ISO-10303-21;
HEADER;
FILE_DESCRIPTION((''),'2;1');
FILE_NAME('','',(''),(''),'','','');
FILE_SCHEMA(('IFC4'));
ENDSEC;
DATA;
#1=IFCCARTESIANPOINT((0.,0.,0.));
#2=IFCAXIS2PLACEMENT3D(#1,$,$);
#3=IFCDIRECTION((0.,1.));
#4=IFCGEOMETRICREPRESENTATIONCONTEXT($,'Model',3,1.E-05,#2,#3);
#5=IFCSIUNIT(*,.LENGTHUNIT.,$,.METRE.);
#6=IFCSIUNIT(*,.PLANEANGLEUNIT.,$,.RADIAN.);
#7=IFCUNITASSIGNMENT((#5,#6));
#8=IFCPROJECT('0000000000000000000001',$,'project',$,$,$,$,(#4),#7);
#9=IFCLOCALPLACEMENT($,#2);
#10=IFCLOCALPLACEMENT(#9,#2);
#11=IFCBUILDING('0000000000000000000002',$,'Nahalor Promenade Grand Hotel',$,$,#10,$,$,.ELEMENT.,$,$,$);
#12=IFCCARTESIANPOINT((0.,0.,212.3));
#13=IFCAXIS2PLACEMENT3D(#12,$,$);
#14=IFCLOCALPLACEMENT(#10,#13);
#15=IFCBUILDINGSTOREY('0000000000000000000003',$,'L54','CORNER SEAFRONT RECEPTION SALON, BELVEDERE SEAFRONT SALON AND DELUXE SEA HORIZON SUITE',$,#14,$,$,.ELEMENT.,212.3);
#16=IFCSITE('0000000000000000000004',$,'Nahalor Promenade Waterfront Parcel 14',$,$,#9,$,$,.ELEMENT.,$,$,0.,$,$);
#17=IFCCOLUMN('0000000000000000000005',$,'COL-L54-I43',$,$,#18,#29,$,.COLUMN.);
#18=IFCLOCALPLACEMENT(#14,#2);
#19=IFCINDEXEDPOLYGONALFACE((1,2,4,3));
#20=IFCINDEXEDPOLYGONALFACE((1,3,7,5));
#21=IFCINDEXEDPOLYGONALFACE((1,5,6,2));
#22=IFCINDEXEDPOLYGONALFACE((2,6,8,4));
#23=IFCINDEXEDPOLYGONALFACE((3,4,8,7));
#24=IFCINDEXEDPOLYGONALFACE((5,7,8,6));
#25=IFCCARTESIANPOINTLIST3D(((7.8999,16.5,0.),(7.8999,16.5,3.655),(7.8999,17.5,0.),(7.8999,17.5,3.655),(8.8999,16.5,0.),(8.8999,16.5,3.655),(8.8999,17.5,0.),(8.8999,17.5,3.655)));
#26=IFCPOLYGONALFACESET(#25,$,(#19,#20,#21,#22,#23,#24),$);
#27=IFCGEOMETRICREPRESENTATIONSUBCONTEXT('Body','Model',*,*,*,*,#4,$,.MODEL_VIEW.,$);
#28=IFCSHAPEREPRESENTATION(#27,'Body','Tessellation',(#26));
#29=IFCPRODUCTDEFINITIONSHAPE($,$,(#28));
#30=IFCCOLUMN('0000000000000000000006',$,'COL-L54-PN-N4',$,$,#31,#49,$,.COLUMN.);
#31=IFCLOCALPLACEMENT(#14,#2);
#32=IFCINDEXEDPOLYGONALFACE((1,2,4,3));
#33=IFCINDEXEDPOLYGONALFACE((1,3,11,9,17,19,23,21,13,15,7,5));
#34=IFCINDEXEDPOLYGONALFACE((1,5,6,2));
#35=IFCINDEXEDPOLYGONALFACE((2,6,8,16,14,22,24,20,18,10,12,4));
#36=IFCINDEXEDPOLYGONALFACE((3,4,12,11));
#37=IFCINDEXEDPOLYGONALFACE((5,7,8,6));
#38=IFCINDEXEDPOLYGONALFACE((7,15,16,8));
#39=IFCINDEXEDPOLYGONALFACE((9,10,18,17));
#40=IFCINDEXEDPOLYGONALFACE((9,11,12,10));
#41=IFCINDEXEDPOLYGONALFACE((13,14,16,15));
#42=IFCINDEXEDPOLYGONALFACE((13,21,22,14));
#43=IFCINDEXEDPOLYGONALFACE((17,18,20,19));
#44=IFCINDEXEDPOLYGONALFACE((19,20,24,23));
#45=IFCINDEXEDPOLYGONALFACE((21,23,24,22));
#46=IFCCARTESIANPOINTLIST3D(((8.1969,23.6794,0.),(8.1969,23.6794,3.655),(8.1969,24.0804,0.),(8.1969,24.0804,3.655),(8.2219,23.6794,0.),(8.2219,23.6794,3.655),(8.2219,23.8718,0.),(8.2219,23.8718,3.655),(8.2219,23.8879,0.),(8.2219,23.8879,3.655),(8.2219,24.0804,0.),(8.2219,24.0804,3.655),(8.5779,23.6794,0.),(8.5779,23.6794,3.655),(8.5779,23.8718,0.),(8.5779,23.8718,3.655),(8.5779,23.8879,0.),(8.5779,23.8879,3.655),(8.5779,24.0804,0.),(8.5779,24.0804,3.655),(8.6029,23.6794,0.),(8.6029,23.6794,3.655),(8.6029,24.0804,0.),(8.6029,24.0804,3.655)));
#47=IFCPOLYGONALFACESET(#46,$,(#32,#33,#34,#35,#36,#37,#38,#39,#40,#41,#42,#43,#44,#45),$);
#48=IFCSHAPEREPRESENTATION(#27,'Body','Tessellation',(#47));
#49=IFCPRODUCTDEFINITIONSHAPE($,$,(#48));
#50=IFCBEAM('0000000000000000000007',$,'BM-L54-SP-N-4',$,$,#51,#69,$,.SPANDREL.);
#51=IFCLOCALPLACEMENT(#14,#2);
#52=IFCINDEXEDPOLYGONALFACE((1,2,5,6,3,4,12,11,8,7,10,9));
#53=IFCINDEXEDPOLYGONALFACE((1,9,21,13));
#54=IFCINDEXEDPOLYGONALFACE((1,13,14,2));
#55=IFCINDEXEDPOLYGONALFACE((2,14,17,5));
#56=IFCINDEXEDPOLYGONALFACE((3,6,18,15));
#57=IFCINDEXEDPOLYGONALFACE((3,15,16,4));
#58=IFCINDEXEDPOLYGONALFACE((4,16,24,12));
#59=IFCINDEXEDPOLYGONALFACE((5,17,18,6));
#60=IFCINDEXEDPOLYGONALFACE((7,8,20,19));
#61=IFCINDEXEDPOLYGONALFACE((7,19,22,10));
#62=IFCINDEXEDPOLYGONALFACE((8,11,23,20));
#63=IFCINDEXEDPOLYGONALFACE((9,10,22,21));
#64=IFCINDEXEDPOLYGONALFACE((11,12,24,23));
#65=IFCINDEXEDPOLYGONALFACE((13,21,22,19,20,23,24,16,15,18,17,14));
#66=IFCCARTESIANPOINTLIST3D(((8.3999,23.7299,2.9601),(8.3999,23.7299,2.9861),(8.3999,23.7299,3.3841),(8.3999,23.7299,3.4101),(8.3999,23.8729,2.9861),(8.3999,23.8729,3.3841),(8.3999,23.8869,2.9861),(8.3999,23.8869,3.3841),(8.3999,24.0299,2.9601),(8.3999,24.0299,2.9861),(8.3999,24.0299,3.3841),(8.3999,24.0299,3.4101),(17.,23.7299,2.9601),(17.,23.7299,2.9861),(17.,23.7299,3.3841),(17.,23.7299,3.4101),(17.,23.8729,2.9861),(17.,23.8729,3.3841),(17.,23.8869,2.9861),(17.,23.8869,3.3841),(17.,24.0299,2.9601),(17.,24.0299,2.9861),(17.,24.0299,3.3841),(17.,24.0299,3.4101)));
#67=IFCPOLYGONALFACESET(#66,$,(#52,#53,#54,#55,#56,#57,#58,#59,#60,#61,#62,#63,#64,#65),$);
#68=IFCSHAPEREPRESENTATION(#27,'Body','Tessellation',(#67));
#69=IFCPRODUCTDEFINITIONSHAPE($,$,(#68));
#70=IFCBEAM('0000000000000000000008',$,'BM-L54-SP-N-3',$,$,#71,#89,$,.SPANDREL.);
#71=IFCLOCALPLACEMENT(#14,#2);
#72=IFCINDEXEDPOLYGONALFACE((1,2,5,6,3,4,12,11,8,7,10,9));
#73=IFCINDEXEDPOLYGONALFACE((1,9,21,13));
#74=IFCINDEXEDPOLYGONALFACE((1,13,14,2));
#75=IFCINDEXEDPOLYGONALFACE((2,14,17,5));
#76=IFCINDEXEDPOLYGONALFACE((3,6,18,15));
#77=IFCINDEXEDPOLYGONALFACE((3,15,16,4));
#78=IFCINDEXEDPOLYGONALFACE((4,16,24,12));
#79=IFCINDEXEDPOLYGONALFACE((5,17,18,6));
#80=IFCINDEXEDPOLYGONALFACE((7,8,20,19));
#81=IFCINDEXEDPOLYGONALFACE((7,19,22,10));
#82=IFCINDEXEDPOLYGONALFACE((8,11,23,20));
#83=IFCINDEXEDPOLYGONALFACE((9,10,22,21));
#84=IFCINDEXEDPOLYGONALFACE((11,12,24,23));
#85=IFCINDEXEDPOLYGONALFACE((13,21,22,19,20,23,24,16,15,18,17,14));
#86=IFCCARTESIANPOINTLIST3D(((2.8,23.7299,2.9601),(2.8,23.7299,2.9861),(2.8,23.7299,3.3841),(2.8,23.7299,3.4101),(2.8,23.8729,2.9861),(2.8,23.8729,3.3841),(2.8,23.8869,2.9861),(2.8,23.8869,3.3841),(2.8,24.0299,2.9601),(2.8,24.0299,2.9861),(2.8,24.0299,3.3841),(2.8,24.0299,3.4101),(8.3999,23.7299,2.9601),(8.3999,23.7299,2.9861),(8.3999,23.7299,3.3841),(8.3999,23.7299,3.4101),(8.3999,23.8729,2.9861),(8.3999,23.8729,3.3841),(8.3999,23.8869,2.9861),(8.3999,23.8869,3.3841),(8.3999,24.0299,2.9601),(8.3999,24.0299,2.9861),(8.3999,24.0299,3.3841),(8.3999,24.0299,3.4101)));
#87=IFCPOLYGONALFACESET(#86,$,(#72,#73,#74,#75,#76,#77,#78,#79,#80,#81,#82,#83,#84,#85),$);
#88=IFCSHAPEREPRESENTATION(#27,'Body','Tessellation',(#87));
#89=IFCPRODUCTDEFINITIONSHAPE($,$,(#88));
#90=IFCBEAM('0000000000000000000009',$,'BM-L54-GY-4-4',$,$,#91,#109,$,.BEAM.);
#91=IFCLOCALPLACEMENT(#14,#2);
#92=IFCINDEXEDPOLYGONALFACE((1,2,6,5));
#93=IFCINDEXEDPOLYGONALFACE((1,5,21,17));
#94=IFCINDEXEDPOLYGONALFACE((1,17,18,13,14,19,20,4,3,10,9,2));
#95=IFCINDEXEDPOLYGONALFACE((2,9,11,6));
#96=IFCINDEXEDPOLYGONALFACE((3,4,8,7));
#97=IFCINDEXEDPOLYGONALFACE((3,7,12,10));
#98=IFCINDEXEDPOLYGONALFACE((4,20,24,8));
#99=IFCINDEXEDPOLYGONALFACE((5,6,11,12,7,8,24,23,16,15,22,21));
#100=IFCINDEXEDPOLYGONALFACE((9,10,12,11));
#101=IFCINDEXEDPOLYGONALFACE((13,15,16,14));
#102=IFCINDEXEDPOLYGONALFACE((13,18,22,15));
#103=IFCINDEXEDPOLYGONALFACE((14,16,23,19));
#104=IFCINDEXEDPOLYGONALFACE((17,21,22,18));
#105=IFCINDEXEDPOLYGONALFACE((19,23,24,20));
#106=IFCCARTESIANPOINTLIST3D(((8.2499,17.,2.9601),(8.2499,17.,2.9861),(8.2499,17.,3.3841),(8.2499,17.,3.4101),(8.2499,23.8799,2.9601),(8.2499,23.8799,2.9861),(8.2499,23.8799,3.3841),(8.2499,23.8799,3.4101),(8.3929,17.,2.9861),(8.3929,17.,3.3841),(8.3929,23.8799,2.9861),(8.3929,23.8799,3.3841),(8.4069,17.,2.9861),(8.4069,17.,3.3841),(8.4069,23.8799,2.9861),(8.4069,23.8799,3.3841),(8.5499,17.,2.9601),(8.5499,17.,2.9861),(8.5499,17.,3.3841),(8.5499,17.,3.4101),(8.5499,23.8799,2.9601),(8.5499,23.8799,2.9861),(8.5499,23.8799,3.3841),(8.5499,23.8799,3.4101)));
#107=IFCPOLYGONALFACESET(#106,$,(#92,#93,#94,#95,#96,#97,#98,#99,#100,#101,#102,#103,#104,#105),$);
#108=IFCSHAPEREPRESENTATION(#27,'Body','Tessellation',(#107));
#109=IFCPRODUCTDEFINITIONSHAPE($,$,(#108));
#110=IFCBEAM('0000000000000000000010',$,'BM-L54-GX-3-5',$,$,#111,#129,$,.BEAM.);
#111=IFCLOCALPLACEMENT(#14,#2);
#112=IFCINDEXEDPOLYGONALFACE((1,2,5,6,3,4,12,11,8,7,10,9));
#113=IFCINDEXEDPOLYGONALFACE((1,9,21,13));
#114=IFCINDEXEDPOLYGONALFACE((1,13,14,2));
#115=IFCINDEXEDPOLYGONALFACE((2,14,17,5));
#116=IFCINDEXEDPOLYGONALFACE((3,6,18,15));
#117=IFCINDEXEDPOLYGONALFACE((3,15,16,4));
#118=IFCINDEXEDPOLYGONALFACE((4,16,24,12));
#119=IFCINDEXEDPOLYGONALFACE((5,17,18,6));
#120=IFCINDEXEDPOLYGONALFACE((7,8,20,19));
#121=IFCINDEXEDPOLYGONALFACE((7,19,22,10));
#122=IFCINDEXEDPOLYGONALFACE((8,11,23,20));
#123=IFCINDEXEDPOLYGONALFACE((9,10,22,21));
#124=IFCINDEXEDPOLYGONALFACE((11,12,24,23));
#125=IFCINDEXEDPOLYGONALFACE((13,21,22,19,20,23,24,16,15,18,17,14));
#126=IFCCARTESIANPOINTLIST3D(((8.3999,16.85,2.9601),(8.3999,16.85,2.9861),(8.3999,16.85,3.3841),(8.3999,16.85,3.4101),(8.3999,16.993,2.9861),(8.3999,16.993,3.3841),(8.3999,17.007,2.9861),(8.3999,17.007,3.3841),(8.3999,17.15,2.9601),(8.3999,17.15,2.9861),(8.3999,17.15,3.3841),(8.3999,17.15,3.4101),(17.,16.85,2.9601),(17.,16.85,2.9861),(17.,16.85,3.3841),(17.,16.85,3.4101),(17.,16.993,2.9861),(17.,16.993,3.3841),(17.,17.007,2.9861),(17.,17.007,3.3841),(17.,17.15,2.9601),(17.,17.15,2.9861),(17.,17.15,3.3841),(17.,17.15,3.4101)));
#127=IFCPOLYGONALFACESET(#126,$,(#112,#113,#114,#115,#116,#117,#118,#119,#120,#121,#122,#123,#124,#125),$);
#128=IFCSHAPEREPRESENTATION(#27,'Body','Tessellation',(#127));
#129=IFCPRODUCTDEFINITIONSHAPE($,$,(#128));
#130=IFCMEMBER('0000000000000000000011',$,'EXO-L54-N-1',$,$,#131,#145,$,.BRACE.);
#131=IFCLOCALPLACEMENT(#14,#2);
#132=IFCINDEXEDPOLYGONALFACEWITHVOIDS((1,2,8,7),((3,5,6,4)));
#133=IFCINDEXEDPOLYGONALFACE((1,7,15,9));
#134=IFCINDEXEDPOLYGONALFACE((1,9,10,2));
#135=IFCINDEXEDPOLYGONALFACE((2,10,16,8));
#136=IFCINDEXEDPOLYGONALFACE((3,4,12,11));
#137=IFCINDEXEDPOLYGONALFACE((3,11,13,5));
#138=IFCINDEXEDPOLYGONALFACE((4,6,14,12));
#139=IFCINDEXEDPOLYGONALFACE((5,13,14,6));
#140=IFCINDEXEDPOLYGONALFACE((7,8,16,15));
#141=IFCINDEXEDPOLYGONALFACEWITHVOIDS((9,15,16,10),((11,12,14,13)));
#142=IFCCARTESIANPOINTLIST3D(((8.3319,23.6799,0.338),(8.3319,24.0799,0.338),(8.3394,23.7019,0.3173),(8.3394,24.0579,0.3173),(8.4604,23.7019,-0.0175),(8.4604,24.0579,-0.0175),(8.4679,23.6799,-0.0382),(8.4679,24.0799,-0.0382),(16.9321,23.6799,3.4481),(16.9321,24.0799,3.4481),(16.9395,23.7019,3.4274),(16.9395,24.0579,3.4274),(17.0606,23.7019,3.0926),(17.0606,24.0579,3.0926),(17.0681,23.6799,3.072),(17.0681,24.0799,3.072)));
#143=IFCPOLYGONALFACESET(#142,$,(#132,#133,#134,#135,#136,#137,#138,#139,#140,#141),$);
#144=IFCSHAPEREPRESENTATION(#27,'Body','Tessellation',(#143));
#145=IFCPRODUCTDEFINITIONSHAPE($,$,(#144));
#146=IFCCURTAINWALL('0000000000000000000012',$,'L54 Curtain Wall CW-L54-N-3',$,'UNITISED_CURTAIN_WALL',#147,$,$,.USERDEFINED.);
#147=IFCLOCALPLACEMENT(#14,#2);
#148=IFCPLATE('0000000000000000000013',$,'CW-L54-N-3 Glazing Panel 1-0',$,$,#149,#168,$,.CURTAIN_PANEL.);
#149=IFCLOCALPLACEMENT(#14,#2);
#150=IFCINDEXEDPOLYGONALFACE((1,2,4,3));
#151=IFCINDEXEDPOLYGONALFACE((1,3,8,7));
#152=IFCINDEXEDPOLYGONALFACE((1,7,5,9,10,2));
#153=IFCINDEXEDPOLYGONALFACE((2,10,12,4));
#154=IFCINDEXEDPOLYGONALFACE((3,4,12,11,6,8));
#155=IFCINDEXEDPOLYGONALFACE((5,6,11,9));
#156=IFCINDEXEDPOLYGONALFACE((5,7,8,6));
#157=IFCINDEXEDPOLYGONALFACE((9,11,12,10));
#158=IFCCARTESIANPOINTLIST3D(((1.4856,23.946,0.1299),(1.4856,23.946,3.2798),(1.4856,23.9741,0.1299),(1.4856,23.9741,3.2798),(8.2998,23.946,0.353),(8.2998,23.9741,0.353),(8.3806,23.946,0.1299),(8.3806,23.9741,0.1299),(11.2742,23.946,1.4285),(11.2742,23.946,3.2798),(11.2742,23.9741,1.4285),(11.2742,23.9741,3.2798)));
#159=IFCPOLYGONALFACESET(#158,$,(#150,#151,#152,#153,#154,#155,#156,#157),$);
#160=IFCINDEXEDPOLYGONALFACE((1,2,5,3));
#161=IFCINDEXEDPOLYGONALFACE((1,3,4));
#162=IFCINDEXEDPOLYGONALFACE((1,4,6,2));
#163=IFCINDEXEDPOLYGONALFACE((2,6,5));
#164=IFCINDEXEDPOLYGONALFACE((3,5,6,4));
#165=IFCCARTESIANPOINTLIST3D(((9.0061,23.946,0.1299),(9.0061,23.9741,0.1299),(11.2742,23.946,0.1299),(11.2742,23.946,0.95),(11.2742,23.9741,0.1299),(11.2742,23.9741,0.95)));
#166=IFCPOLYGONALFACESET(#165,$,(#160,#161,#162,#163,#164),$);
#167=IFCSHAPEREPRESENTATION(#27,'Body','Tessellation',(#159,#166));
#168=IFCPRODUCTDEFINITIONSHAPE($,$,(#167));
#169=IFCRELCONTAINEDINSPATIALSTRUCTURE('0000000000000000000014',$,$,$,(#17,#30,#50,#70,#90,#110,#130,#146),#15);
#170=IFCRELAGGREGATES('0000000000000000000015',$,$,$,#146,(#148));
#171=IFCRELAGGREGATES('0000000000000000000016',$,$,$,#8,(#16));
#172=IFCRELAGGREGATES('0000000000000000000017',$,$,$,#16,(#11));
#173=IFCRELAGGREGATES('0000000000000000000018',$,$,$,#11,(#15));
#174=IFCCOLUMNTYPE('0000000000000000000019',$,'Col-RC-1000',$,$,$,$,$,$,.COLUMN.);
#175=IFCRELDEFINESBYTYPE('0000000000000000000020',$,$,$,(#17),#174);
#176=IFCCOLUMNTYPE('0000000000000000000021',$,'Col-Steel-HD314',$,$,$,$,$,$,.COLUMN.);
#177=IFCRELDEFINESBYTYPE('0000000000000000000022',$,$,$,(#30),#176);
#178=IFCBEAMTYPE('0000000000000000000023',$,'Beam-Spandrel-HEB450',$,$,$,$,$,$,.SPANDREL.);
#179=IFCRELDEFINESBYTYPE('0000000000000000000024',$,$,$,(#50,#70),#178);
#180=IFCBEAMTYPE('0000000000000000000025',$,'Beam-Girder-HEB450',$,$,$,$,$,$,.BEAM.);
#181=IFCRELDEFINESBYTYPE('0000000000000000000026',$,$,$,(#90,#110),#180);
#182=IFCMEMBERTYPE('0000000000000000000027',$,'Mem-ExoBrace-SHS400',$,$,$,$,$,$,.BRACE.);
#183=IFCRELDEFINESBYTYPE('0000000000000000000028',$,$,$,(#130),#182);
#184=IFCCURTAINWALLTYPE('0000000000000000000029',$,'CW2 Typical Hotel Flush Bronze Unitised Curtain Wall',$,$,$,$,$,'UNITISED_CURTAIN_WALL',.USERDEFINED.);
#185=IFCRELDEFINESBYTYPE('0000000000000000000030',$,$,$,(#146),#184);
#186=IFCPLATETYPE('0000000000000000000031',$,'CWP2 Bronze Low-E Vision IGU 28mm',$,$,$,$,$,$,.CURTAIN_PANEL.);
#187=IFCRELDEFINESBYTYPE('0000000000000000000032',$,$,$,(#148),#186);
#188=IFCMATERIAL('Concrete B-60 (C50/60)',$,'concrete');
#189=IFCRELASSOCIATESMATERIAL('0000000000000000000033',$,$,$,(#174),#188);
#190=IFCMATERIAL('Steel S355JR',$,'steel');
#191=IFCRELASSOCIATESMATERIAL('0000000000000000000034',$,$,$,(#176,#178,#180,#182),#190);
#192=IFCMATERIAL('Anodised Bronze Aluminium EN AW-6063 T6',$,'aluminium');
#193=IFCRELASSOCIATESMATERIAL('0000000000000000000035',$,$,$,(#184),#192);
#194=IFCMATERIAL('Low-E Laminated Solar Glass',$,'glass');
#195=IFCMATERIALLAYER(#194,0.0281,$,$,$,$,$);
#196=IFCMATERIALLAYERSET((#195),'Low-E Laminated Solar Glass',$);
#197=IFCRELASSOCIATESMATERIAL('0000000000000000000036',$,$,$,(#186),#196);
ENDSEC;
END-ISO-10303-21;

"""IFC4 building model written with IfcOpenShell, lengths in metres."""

from ifc_helpers import new_model, si_unit, direction, frame, origin, origin_2d, place, context, subcontext, project, spatial, polyline, rectangle, hollow_rectangle, i_section, outline, extrude, source, transform, mapped, material, layer, layer_set, material_profile, profile_set, type_object, element, aggregate, save


model = new_model("IFC4")

# Units and contexts
model_context = context("Model", 3, precision=1e-05, world=origin(), true_north=direction((0.0, 1.0)))
body_context = subcontext(model_context, "Body", "Model", "MODEL_VIEW")
ifc_project = project(units=[si_unit("LENGTHUNIT", "METRE"), si_unit("PLANEANGLEUNIT", "RADIAN")], contexts=[model_context])

# Site, building, storey
site_placement = place(None, origin())
site = spatial("IfcSite", under=ifc_project, at=site_placement, Name="Nahalor Promenade Waterfront Parcel 14", CompositionType="ELEMENT", RefElevation=0.0)
building_placement = place(site_placement, origin())
building = spatial("IfcBuilding", under=site, at=building_placement, Name="Nahalor Promenade Grand Hotel", CompositionType="ELEMENT")
storey_placement = place(building_placement, frame((0.0, 0.0, 212.3)))
storey = spatial("IfcBuildingStorey", under=building, at=storey_placement, Name="L54", Description="CORNER SEAFRONT RECEPTION SALON, BELVEDERE SEAFRONT SALON AND DELUXE SEA HORIZON SUITE", CompositionType="ELEMENT", Elevation=212.3)

# Columns
ifc_material_1 = material(Name="Concrete B-60 (C50/60)", Category="concrete")
ifc_material_profile_1 = material_profile(ifc_material_1, rectangle(XDim=1.0, YDim=1.0, at=origin_2d()), Name="RC 1000x1000")
ifc_profile_set_1 = profile_set([ifc_material_profile_1], Name="Concrete B-60 (C50/60)")
column_type_1 = type_object("IfcColumnType", Name="Col-RC-1000", PredefinedType="COLUMN", material=ifc_profile_set_1)
shared_shape_1 = source(origin(), body_context, "Body", "SweptSolid", [
    extrude(rectangle(XDim=1.0, YDim=1.0, at=origin_2d()), origin(), (0.0, 0.0, 1.0), 3.655),
])
column_1_placement = place(storey_placement, frame((8.3999, 17.0, 0.0), z_axis=(0.0, 0.0, 1.0), x_axis=(1.0, 0.0, 0.0)))
element("IfcColumn", 1, at=column_1_placement, inside=storey, type_object=column_type_1, Name="COL-L54-I43", PredefinedType="COLUMN", context=body_context, shape_type="MappedRepresentation", body=[
    mapped(shared_shape_1, transform((0.0, 0.0, 0.0), scale=1.0)),
])
ifc_material_2 = material(Name="Steel S355JR", Category="steel")
ifc_material_profile_2 = material_profile(ifc_material_2, i_section(OverallWidth=0.401, OverallDepth=0.406, WebThickness=0.0161, FlangeThickness=0.025, at=origin_2d()), Name="HD 400x314")
ifc_profile_set_2 = profile_set([ifc_material_profile_2], Name="Steel S355JR")
column_type_2 = type_object("IfcColumnType", Name="Col-Steel-HD314", PredefinedType="COLUMN", material=ifc_profile_set_2)
shared_shape_2 = source(origin(), body_context, "Body", "SweptSolid", [
    extrude(i_section(OverallWidth=0.401, OverallDepth=0.406, WebThickness=0.0161, FlangeThickness=0.025, at=origin_2d()), origin(), (0.0, 0.0, 1.0), 3.655),
])
column_2_placement = place(storey_placement, frame((8.3999, 23.8799, 0.0), z_axis=(0.0, 0.0, 1.0), x_axis=(0.0, 1.0, 0.0)))
element("IfcColumn", 2, at=column_2_placement, inside=storey, type_object=column_type_2, Name="COL-L54-PN-N4", PredefinedType="COLUMN", context=body_context, shape_type="MappedRepresentation", body=[
    mapped(shared_shape_2, transform((0.0, 0.0, 0.0), scale=1.0)),
])

# Beams
ifc_material_profile_3 = material_profile(ifc_material_2, i_section(OverallWidth=0.3, OverallDepth=0.45, WebThickness=0.014, FlangeThickness=0.026, at=origin_2d()), Name="HEB 450")
ifc_profile_set_3 = profile_set([ifc_material_profile_3], Name="Steel S355JR")
beam_type_1 = type_object("IfcBeamType", Name="Beam-Spandrel-HEB450", PredefinedType="SPANDREL", material=ifc_profile_set_3)
shared_shape_3 = source(origin(), body_context, "Body", "SweptSolid", [
    extrude(i_section(OverallWidth=0.3, OverallDepth=0.45, WebThickness=0.014, FlangeThickness=0.026, at=origin_2d()), origin(), (0.0, 0.0, 1.0), 8.6001),
])
beam_1_placement = place(storey_placement, frame((8.3999, 23.8799, 3.1851), z_axis=(1.0, 0.0, 0.0), x_axis=(0.0, 1.0, 0.0)))
element("IfcBeam", 3, at=beam_1_placement, inside=storey, type_object=beam_type_1, Name="BM-L54-SP-N-4", PredefinedType="SPANDREL", context=body_context, shape_type="MappedRepresentation", body=[
    mapped(shared_shape_3, transform((0.0, 0.0, 0.0), scale=1.0)),
])
shared_shape_4 = source(origin(), body_context, "Body", "SweptSolid", [
    extrude(i_section(OverallWidth=0.3, OverallDepth=0.45, WebThickness=0.014, FlangeThickness=0.026, at=origin_2d()), origin(), (0.0, 0.0, 1.0), 5.5999),
])
beam_2_placement = place(storey_placement, frame((2.8, 23.8799, 3.1851), z_axis=(1.0, 0.0, 0.0), x_axis=(0.0, 1.0, 0.0)))
element("IfcBeam", 4, at=beam_2_placement, inside=storey, type_object=beam_type_1, Name="BM-L54-SP-N-3", PredefinedType="SPANDREL", context=body_context, shape_type="MappedRepresentation", body=[
    mapped(shared_shape_4, transform((0.0, 0.0, 0.0), scale=1.0)),
])
ifc_material_profile_4 = material_profile(ifc_material_2, i_section(OverallWidth=0.3, OverallDepth=0.45, WebThickness=0.014, FlangeThickness=0.026, at=origin_2d()), Name="HEB 450")
ifc_profile_set_4 = profile_set([ifc_material_profile_4], Name="Steel S355JR")
beam_type_2 = type_object("IfcBeamType", Name="Beam-Girder-HEB450", PredefinedType="BEAM", material=ifc_profile_set_4)
shared_shape_5 = source(origin(), body_context, "Body", "SweptSolid", [
    extrude(i_section(OverallWidth=0.3, OverallDepth=0.45, WebThickness=0.014, FlangeThickness=0.026, at=origin_2d()), origin(), (0.0, 0.0, 1.0), 6.8799),
])
beam_3_placement = place(storey_placement, frame((8.3999, 17.0, 3.1851), z_axis=(0.0, 1.0, 0.0), x_axis=(-1.0, 0.0, 0.0)))
element("IfcBeam", 5, at=beam_3_placement, inside=storey, type_object=beam_type_2, Name="BM-L54-GY-4-4", PredefinedType="BEAM", context=body_context, shape_type="MappedRepresentation", body=[
    mapped(shared_shape_5, transform((0.0, 0.0, 0.0), scale=1.0)),
])
shared_shape_6 = source(origin(), body_context, "Body", "SweptSolid", [
    extrude(i_section(OverallWidth=0.3, OverallDepth=0.45, WebThickness=0.014, FlangeThickness=0.026, at=origin_2d()), origin(), (0.0, 0.0, 1.0), 8.6001),
])
beam_4_placement = place(storey_placement, frame((8.3999, 17.0, 3.1851), z_axis=(1.0, 0.0, 0.0), x_axis=(0.0, 1.0, 0.0)))
element("IfcBeam", 6, at=beam_4_placement, inside=storey, type_object=beam_type_2, Name="BM-L54-GX-3-5", PredefinedType="BEAM", context=body_context, shape_type="MappedRepresentation", body=[
    mapped(shared_shape_6, transform((0.0, 0.0, 0.0), scale=1.0)),
])

# Member
ifc_material_profile_5 = material_profile(ifc_material_2, hollow_rectangle(XDim=0.4, YDim=0.4, WallThickness=0.022, at=origin_2d()), Name="SHS 400x400x22")
ifc_profile_set_5 = profile_set([ifc_material_profile_5], Name="Steel S355JR")
member_type = type_object("IfcMemberType", Name="Mem-ExoBrace-SHS400", PredefinedType="BRACE", material=ifc_profile_set_5)
shared_shape_7 = source(origin(), body_context, "Body", "SweptSolid", [
    extrude(hollow_rectangle(XDim=0.4, YDim=0.4, WallThickness=0.022, at=origin_2d()), origin(), (0.0, 0.0, 1.0), 9.1453),
])
member_placement = place(storey_placement, frame((8.3999, 23.8799, 0.1499), z_axis=(0.940396, 0.0, 0.340081), x_axis=(0.0, 1.0, 0.0)))
element("IfcMember", 7, at=member_placement, inside=storey, type_object=member_type, Name="EXO-L54-N-1", PredefinedType="BRACE", context=body_context, shape_type="MappedRepresentation", body=[
    mapped(shared_shape_7, transform((0.0, 0.0, 0.0), scale=1.0)),
])

# Curtain wall, plate
ifc_material_3 = material(Name="Anodised Bronze Aluminium EN AW-6063 T6", Category="aluminium")
curtain_wall_type = type_object("IfcCurtainWallType", Name="CW2 Typical Hotel Flush Bronze Unitised Curtain Wall", ElementType="UNITISED_CURTAIN_WALL", PredefinedType="USERDEFINED", material=ifc_material_3)
curtain_wall_placement = place(storey_placement, origin())
curtain_wall = element("IfcCurtainWall", 8, at=curtain_wall_placement, inside=storey, type_object=curtain_wall_type, Name="L54 Curtain Wall CW-L54-N-3", ObjectType="UNITISED_CURTAIN_WALL", PredefinedType="USERDEFINED")
ifc_material_4 = material(Name="Low-E Laminated Solar Glass", Category="glass")
ifc_layer_1 = layer(ifc_material_4, 0.0281)
ifc_layer_set_1 = layer_set([ifc_layer_1], Name="Low-E Laminated Solar Glass")
plate_type = type_object("IfcPlateType", Name="CWP2 Bronze Low-E Vision IGU 28mm", PredefinedType="CURTAIN_PANEL", material=ifc_layer_set_1)
plate_placement = place(storey_placement, frame((6.3799, 23.96, 0.1299), z_axis=(0.0, 0.0, 1.0), x_axis=(1.0, 0.0, 0.0)))
plate = element("IfcPlate", 9, at=plate_placement, type_object=plate_type, Name="CW-L54-N-3 Glazing Panel 1-0", PredefinedType="CURTAIN_PANEL", context=body_context, shape_type="SweptSolid", body=[
    extrude(outline(polyline([(-4.8943, 3.1499), (-4.8943, 0.0), (2.0007, 0.0), (1.9199, 0.2231), (4.8943, 1.2986), (4.8943, 3.1499), (-4.8943, 3.1499)])), frame((0.0, 0.0142, 0.0), z_axis=(0.0, -1.0, 0.0), x_axis=(1.0, 0.0, 0.0)), (0.0, 0.0, 1.0), 0.0281),
    extrude(outline(polyline([(2.6262, 0.0), (4.8943, 0.0), (4.8943, 0.8201), (2.6262, 0.0)])), frame((0.0, 0.0142, 0.0), z_axis=(0.0, -1.0, 0.0), x_axis=(1.0, 0.0, 0.0)), (0.0, 0.0, 1.0), 0.0281),
])
aggregate(curtain_wall, [plate])

save(model, "model.ifc")
